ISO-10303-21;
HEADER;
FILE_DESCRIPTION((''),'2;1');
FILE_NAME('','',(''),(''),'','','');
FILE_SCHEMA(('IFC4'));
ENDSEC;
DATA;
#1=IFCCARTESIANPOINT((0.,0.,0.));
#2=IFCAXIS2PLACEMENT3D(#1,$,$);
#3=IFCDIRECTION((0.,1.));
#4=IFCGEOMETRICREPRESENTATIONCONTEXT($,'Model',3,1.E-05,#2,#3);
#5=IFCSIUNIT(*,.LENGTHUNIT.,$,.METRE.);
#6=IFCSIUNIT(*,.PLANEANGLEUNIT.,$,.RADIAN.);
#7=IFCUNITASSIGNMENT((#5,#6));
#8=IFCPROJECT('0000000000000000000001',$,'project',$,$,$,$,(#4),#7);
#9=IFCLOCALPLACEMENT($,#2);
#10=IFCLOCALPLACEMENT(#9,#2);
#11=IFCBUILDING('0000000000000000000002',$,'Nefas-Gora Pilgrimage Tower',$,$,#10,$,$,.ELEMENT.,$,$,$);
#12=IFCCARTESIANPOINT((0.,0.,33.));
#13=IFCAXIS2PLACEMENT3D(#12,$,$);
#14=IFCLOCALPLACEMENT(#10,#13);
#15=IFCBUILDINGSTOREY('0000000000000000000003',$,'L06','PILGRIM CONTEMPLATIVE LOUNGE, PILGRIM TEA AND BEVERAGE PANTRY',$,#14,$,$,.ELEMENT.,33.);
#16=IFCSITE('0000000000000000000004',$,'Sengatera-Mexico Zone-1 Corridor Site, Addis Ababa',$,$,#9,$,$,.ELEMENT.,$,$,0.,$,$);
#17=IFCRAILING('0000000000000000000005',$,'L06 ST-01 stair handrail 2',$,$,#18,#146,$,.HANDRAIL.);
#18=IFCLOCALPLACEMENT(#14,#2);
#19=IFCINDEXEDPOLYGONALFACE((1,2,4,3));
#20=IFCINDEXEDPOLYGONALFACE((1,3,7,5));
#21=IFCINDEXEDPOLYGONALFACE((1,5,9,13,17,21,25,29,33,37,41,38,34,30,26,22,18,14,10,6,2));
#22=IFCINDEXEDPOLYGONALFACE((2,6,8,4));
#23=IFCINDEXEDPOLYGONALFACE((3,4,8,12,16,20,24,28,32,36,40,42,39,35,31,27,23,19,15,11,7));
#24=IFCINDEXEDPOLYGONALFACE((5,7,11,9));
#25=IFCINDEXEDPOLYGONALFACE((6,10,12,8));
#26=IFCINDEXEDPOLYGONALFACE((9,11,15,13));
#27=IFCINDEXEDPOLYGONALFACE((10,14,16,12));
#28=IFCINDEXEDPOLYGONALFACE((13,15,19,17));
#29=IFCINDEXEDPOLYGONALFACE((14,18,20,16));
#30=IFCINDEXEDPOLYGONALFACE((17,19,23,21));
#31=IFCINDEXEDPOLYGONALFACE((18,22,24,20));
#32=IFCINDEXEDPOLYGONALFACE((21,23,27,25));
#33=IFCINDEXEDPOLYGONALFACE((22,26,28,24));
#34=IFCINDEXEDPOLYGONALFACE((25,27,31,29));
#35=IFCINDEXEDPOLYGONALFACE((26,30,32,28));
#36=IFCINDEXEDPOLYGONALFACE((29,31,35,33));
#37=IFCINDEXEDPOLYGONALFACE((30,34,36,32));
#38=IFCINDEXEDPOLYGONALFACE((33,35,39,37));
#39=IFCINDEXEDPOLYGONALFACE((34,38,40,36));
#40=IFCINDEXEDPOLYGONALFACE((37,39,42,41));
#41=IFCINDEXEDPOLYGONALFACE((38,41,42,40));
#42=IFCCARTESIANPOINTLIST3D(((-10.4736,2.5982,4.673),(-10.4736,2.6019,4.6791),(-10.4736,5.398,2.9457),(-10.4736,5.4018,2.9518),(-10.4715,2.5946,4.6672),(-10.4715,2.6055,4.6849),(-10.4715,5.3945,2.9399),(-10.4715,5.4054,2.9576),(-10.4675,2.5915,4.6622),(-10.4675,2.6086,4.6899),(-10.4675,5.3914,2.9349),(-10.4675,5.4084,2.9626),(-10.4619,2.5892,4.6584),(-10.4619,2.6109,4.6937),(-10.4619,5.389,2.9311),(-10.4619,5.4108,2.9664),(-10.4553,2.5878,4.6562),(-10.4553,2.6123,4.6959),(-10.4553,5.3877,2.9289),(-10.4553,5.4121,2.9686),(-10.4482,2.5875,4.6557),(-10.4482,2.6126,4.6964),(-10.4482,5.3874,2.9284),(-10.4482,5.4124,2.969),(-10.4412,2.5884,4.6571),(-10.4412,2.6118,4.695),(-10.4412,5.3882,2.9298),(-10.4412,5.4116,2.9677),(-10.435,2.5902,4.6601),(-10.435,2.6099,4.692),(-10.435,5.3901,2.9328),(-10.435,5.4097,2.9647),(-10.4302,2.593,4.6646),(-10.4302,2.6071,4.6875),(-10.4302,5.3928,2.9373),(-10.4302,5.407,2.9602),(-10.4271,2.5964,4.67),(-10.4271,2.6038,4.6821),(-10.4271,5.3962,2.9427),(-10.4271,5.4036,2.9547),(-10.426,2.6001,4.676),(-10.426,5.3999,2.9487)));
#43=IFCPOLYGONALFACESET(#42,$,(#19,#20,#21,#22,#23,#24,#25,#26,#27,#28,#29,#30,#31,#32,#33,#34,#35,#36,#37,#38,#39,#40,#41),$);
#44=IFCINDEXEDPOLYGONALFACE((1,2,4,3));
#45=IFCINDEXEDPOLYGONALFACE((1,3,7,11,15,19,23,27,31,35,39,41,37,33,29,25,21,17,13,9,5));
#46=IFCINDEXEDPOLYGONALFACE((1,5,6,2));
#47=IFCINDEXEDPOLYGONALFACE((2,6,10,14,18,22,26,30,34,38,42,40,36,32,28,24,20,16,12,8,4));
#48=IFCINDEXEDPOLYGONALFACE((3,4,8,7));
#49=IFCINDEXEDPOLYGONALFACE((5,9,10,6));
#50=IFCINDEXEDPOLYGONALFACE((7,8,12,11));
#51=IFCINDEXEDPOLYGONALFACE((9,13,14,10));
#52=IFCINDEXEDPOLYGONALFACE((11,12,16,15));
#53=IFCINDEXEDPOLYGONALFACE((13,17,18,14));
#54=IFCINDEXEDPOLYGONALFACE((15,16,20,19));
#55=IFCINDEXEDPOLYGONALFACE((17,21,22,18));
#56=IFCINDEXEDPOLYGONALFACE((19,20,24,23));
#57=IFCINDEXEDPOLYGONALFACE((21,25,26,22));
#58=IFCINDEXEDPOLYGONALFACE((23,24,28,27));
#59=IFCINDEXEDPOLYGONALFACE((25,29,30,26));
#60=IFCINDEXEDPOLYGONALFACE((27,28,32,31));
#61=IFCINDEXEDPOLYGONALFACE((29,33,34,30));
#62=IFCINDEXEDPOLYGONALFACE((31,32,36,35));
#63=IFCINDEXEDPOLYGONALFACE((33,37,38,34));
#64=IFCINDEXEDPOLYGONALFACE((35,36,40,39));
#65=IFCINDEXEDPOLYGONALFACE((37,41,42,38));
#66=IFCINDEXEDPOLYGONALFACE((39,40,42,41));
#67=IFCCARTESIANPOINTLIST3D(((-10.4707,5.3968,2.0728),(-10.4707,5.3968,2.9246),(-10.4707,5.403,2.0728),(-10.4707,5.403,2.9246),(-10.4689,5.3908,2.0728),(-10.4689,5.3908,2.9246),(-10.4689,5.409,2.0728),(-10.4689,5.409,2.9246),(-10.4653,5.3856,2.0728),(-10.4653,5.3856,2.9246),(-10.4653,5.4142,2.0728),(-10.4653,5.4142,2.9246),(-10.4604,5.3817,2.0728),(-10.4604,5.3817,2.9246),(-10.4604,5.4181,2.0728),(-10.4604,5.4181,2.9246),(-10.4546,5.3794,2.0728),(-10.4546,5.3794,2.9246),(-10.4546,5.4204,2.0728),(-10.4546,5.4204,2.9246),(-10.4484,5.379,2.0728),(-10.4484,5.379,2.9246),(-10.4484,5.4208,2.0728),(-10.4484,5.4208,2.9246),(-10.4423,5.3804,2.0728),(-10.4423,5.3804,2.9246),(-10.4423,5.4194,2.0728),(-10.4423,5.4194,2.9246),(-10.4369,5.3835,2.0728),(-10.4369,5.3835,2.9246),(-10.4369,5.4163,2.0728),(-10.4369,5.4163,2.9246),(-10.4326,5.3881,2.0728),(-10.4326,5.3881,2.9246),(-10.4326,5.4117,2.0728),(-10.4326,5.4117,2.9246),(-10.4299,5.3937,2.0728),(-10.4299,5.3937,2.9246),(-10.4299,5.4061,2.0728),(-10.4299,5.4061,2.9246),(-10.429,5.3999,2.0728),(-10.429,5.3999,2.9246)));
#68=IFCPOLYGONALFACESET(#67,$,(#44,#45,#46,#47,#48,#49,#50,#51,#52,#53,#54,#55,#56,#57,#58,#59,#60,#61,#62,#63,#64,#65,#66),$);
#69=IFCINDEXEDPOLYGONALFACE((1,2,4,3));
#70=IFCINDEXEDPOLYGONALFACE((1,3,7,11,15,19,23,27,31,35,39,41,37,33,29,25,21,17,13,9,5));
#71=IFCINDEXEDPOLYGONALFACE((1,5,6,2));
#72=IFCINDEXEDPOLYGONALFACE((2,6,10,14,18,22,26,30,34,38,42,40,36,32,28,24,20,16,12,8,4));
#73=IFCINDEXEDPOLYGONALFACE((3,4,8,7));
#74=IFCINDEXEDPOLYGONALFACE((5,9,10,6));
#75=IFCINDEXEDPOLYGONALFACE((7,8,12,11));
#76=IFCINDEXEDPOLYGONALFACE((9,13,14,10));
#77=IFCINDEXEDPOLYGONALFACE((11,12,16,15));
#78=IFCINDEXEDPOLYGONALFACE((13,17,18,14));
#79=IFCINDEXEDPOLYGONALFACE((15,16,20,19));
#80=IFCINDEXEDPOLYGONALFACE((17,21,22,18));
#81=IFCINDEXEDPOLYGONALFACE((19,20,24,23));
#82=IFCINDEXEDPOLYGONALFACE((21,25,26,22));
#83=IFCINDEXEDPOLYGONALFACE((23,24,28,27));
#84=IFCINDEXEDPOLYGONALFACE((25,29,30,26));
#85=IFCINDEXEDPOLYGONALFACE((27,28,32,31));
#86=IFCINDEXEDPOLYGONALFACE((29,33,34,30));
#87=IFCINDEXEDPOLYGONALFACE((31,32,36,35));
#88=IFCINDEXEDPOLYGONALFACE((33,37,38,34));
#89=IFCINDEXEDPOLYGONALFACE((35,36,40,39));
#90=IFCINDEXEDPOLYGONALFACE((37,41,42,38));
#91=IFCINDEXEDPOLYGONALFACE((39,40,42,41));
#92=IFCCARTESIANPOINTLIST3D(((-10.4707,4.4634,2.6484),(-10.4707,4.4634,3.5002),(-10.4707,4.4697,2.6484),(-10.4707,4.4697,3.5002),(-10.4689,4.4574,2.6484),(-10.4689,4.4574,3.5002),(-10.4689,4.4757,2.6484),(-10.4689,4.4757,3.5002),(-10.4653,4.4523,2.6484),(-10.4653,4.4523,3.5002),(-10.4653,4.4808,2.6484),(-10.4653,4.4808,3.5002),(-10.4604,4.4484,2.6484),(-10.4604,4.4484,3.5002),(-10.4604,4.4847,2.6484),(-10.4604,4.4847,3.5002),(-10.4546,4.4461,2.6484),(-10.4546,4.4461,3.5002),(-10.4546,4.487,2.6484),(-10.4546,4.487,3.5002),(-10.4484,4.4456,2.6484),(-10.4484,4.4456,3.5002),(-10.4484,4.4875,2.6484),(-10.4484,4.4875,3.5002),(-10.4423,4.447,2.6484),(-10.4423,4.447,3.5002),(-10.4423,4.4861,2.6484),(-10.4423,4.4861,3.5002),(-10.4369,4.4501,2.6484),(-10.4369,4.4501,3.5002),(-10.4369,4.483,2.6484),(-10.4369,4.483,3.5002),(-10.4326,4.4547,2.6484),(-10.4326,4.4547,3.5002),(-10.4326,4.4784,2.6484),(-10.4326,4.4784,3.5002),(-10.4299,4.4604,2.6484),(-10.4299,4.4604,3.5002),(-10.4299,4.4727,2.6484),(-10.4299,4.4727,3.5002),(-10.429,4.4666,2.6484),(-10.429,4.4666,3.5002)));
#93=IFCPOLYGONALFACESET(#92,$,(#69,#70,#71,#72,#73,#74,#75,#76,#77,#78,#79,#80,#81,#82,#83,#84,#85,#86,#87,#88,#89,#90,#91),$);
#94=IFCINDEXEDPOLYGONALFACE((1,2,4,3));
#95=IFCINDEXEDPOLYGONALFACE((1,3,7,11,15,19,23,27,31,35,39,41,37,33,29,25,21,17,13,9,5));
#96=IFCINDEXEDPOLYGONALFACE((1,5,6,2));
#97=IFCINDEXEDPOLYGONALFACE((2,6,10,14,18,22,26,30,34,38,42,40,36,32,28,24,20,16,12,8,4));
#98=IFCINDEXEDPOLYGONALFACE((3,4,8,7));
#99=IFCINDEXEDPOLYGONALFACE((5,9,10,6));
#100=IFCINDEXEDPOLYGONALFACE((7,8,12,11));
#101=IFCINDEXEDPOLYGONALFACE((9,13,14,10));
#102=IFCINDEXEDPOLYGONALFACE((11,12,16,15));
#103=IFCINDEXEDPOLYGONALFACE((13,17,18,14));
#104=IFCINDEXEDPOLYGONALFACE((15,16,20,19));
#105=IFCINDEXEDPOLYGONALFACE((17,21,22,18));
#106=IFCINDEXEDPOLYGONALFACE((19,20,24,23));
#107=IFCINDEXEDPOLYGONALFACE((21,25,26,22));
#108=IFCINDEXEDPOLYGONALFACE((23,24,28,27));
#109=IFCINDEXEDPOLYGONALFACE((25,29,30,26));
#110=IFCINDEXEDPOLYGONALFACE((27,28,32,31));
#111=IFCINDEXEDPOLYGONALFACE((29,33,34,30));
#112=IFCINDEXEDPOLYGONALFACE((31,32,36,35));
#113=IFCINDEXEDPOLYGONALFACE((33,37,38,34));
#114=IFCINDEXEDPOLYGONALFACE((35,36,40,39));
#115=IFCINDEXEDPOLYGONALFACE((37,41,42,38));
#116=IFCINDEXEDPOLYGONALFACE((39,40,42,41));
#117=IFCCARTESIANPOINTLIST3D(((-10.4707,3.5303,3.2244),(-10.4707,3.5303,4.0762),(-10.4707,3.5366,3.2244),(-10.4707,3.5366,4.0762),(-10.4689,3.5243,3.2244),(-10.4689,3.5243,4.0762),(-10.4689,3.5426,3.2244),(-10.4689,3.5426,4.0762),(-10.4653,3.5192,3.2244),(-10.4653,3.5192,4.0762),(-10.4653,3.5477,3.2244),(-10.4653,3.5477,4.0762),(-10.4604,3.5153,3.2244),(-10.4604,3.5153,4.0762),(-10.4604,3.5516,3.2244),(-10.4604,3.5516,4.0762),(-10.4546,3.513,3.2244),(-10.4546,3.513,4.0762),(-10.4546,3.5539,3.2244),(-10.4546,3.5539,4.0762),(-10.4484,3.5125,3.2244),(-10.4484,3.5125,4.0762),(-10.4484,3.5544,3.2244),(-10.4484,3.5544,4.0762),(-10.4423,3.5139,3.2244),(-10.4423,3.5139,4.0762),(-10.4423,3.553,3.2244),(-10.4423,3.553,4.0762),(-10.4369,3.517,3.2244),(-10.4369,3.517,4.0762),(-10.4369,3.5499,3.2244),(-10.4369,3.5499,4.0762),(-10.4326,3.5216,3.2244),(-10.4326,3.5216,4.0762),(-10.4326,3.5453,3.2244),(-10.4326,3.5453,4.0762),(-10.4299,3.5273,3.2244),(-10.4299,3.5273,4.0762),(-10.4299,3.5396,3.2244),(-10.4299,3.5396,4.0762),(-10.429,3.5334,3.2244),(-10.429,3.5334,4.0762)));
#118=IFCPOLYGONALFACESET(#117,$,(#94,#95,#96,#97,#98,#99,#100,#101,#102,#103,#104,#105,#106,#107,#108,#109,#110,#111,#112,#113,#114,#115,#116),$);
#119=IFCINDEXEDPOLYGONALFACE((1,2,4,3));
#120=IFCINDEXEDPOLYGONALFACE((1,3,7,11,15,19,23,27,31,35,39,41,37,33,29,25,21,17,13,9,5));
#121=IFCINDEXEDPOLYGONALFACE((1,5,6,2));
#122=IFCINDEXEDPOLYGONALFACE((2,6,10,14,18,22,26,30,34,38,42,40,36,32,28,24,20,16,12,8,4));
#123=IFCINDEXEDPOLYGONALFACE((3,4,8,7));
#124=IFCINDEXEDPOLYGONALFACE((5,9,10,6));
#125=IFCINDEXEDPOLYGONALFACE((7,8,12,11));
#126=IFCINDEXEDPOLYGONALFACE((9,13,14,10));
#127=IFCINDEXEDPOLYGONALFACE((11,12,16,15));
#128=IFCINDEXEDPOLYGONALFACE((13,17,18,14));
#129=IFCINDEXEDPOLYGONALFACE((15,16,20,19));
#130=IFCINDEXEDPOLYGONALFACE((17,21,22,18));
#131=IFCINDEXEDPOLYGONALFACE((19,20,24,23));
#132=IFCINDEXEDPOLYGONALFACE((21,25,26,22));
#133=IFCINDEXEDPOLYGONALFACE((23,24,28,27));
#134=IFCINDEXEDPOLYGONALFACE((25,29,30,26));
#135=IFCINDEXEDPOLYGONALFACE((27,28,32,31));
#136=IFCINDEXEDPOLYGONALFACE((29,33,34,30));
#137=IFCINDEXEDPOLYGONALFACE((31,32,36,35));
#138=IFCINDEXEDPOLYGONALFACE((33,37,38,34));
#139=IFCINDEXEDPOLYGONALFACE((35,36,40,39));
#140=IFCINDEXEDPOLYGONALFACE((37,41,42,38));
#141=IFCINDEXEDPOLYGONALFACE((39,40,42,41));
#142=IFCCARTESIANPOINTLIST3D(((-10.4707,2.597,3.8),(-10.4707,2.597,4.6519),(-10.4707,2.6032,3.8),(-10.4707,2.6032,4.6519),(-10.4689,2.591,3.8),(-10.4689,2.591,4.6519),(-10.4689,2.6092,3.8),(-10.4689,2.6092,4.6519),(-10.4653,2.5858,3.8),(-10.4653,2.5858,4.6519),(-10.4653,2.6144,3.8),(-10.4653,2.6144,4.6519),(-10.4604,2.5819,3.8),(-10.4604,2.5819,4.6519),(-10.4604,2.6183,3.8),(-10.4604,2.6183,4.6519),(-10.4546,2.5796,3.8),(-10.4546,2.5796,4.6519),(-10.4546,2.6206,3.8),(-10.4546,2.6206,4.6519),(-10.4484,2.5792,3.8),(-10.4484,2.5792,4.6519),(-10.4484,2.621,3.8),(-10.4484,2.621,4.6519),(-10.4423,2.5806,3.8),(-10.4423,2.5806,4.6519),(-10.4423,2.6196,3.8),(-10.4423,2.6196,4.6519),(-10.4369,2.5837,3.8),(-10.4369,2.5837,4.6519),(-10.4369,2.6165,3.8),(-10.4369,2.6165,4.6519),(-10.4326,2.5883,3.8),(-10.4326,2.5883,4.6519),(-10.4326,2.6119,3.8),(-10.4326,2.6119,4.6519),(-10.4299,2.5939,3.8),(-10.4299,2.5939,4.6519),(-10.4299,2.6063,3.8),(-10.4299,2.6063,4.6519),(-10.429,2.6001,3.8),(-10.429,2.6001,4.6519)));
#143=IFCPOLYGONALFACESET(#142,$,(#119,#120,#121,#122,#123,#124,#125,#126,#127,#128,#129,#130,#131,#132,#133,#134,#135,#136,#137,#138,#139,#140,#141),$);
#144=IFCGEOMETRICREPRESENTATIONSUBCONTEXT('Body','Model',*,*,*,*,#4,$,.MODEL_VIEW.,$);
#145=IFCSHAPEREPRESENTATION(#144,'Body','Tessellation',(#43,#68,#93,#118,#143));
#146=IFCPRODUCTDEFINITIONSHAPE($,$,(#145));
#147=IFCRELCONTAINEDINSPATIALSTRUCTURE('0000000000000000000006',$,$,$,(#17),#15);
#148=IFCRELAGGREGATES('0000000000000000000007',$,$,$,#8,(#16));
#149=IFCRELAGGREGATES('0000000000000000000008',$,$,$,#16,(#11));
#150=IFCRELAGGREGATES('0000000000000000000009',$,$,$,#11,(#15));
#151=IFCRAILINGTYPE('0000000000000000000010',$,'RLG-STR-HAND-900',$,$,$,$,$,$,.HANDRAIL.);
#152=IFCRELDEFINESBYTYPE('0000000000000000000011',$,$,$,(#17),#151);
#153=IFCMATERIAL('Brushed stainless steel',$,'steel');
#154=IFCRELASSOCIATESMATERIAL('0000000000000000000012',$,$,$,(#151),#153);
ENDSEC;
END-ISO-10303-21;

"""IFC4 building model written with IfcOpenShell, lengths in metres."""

from ifc_helpers import new_model, si_unit, direction, frame, origin, origin_2d, place, context, subcontext, project, spatial, circle, extrude, material, type_object, element, save


model = new_model("IFC4")

# Units and contexts
model_context = context("Model", 3, precision=1e-05, world=origin(), true_north=direction((0.0, 1.0)))
body_context = subcontext(model_context, "Body", "Model", "MODEL_VIEW")
ifc_project = project(units=[si_unit("LENGTHUNIT", "METRE"), si_unit("PLANEANGLEUNIT", "RADIAN")], contexts=[model_context])

# Site, building, storey
site_placement = place(None, origin())
site = spatial("IfcSite", under=ifc_project, at=site_placement, Name="Sengatera-Mexico Zone-1 Corridor Site, Addis Ababa", CompositionType="ELEMENT", RefElevation=0.0)
building_placement = place(site_placement, origin())
building = spatial("IfcBuilding", under=site, at=building_placement, Name="Nefas-Gora Pilgrimage Tower", CompositionType="ELEMENT")
storey_placement = place(building_placement, frame((0.0, 0.0, 33.0)))
storey = spatial("IfcBuildingStorey", under=building, at=storey_placement, Name="L06", Description="PILGRIM CONTEMPLATIVE LOUNGE, PILGRIM TEA AND BEVERAGE PANTRY", CompositionType="ELEMENT", Elevation=33.0)

# Railing
ifc_material_1 = material(Name="Brushed stainless steel", Category="steel")
railing_type_1 = type_object("IfcRailingType", Name="RLG-STR-HAND-900", PredefinedType="HANDRAIL", material=ifc_material_1)
railing_1_placement = place(storey_placement, frame((-10.45, 5.3999, 2.0728)))
element("IfcRailing", 1, at=railing_1_placement, inside=storey, type_object=railing_type_1, Name="L06 ST-01 stair handrail 2", PredefinedType="HANDRAIL", context=body_context, shape_type="SweptSolid", body=[
    extrude(circle(Radius=0.0239, at=origin_2d()), frame((0.0, 0.0, 0.876), z_axis=(0.0, -0.851069, 0.525054), x_axis=(1.0, 0.0, 0.0)), (0.0, 0.0, 1.0), 3.2898),
    extrude(circle(Radius=0.021, at=origin_2d()), origin(), (0.0, 0.0, 1.0), 0.8518),
    extrude(circle(Radius=0.021, at=origin_2d()), frame((0.0, -0.9333, 0.5757)), (0.0, 0.0, 1.0), 0.8518),
    extrude(circle(Radius=0.021, at=origin_2d()), frame((0.0, -1.8665, 1.1516)), (0.0, 0.0, 1.0), 0.8518),
    extrude(circle(Radius=0.021, at=origin_2d()), frame((0.0, -2.7998, 1.7273)), (0.0, 0.0, 1.0), 0.8518),
])

save(model, "model.ifc")
